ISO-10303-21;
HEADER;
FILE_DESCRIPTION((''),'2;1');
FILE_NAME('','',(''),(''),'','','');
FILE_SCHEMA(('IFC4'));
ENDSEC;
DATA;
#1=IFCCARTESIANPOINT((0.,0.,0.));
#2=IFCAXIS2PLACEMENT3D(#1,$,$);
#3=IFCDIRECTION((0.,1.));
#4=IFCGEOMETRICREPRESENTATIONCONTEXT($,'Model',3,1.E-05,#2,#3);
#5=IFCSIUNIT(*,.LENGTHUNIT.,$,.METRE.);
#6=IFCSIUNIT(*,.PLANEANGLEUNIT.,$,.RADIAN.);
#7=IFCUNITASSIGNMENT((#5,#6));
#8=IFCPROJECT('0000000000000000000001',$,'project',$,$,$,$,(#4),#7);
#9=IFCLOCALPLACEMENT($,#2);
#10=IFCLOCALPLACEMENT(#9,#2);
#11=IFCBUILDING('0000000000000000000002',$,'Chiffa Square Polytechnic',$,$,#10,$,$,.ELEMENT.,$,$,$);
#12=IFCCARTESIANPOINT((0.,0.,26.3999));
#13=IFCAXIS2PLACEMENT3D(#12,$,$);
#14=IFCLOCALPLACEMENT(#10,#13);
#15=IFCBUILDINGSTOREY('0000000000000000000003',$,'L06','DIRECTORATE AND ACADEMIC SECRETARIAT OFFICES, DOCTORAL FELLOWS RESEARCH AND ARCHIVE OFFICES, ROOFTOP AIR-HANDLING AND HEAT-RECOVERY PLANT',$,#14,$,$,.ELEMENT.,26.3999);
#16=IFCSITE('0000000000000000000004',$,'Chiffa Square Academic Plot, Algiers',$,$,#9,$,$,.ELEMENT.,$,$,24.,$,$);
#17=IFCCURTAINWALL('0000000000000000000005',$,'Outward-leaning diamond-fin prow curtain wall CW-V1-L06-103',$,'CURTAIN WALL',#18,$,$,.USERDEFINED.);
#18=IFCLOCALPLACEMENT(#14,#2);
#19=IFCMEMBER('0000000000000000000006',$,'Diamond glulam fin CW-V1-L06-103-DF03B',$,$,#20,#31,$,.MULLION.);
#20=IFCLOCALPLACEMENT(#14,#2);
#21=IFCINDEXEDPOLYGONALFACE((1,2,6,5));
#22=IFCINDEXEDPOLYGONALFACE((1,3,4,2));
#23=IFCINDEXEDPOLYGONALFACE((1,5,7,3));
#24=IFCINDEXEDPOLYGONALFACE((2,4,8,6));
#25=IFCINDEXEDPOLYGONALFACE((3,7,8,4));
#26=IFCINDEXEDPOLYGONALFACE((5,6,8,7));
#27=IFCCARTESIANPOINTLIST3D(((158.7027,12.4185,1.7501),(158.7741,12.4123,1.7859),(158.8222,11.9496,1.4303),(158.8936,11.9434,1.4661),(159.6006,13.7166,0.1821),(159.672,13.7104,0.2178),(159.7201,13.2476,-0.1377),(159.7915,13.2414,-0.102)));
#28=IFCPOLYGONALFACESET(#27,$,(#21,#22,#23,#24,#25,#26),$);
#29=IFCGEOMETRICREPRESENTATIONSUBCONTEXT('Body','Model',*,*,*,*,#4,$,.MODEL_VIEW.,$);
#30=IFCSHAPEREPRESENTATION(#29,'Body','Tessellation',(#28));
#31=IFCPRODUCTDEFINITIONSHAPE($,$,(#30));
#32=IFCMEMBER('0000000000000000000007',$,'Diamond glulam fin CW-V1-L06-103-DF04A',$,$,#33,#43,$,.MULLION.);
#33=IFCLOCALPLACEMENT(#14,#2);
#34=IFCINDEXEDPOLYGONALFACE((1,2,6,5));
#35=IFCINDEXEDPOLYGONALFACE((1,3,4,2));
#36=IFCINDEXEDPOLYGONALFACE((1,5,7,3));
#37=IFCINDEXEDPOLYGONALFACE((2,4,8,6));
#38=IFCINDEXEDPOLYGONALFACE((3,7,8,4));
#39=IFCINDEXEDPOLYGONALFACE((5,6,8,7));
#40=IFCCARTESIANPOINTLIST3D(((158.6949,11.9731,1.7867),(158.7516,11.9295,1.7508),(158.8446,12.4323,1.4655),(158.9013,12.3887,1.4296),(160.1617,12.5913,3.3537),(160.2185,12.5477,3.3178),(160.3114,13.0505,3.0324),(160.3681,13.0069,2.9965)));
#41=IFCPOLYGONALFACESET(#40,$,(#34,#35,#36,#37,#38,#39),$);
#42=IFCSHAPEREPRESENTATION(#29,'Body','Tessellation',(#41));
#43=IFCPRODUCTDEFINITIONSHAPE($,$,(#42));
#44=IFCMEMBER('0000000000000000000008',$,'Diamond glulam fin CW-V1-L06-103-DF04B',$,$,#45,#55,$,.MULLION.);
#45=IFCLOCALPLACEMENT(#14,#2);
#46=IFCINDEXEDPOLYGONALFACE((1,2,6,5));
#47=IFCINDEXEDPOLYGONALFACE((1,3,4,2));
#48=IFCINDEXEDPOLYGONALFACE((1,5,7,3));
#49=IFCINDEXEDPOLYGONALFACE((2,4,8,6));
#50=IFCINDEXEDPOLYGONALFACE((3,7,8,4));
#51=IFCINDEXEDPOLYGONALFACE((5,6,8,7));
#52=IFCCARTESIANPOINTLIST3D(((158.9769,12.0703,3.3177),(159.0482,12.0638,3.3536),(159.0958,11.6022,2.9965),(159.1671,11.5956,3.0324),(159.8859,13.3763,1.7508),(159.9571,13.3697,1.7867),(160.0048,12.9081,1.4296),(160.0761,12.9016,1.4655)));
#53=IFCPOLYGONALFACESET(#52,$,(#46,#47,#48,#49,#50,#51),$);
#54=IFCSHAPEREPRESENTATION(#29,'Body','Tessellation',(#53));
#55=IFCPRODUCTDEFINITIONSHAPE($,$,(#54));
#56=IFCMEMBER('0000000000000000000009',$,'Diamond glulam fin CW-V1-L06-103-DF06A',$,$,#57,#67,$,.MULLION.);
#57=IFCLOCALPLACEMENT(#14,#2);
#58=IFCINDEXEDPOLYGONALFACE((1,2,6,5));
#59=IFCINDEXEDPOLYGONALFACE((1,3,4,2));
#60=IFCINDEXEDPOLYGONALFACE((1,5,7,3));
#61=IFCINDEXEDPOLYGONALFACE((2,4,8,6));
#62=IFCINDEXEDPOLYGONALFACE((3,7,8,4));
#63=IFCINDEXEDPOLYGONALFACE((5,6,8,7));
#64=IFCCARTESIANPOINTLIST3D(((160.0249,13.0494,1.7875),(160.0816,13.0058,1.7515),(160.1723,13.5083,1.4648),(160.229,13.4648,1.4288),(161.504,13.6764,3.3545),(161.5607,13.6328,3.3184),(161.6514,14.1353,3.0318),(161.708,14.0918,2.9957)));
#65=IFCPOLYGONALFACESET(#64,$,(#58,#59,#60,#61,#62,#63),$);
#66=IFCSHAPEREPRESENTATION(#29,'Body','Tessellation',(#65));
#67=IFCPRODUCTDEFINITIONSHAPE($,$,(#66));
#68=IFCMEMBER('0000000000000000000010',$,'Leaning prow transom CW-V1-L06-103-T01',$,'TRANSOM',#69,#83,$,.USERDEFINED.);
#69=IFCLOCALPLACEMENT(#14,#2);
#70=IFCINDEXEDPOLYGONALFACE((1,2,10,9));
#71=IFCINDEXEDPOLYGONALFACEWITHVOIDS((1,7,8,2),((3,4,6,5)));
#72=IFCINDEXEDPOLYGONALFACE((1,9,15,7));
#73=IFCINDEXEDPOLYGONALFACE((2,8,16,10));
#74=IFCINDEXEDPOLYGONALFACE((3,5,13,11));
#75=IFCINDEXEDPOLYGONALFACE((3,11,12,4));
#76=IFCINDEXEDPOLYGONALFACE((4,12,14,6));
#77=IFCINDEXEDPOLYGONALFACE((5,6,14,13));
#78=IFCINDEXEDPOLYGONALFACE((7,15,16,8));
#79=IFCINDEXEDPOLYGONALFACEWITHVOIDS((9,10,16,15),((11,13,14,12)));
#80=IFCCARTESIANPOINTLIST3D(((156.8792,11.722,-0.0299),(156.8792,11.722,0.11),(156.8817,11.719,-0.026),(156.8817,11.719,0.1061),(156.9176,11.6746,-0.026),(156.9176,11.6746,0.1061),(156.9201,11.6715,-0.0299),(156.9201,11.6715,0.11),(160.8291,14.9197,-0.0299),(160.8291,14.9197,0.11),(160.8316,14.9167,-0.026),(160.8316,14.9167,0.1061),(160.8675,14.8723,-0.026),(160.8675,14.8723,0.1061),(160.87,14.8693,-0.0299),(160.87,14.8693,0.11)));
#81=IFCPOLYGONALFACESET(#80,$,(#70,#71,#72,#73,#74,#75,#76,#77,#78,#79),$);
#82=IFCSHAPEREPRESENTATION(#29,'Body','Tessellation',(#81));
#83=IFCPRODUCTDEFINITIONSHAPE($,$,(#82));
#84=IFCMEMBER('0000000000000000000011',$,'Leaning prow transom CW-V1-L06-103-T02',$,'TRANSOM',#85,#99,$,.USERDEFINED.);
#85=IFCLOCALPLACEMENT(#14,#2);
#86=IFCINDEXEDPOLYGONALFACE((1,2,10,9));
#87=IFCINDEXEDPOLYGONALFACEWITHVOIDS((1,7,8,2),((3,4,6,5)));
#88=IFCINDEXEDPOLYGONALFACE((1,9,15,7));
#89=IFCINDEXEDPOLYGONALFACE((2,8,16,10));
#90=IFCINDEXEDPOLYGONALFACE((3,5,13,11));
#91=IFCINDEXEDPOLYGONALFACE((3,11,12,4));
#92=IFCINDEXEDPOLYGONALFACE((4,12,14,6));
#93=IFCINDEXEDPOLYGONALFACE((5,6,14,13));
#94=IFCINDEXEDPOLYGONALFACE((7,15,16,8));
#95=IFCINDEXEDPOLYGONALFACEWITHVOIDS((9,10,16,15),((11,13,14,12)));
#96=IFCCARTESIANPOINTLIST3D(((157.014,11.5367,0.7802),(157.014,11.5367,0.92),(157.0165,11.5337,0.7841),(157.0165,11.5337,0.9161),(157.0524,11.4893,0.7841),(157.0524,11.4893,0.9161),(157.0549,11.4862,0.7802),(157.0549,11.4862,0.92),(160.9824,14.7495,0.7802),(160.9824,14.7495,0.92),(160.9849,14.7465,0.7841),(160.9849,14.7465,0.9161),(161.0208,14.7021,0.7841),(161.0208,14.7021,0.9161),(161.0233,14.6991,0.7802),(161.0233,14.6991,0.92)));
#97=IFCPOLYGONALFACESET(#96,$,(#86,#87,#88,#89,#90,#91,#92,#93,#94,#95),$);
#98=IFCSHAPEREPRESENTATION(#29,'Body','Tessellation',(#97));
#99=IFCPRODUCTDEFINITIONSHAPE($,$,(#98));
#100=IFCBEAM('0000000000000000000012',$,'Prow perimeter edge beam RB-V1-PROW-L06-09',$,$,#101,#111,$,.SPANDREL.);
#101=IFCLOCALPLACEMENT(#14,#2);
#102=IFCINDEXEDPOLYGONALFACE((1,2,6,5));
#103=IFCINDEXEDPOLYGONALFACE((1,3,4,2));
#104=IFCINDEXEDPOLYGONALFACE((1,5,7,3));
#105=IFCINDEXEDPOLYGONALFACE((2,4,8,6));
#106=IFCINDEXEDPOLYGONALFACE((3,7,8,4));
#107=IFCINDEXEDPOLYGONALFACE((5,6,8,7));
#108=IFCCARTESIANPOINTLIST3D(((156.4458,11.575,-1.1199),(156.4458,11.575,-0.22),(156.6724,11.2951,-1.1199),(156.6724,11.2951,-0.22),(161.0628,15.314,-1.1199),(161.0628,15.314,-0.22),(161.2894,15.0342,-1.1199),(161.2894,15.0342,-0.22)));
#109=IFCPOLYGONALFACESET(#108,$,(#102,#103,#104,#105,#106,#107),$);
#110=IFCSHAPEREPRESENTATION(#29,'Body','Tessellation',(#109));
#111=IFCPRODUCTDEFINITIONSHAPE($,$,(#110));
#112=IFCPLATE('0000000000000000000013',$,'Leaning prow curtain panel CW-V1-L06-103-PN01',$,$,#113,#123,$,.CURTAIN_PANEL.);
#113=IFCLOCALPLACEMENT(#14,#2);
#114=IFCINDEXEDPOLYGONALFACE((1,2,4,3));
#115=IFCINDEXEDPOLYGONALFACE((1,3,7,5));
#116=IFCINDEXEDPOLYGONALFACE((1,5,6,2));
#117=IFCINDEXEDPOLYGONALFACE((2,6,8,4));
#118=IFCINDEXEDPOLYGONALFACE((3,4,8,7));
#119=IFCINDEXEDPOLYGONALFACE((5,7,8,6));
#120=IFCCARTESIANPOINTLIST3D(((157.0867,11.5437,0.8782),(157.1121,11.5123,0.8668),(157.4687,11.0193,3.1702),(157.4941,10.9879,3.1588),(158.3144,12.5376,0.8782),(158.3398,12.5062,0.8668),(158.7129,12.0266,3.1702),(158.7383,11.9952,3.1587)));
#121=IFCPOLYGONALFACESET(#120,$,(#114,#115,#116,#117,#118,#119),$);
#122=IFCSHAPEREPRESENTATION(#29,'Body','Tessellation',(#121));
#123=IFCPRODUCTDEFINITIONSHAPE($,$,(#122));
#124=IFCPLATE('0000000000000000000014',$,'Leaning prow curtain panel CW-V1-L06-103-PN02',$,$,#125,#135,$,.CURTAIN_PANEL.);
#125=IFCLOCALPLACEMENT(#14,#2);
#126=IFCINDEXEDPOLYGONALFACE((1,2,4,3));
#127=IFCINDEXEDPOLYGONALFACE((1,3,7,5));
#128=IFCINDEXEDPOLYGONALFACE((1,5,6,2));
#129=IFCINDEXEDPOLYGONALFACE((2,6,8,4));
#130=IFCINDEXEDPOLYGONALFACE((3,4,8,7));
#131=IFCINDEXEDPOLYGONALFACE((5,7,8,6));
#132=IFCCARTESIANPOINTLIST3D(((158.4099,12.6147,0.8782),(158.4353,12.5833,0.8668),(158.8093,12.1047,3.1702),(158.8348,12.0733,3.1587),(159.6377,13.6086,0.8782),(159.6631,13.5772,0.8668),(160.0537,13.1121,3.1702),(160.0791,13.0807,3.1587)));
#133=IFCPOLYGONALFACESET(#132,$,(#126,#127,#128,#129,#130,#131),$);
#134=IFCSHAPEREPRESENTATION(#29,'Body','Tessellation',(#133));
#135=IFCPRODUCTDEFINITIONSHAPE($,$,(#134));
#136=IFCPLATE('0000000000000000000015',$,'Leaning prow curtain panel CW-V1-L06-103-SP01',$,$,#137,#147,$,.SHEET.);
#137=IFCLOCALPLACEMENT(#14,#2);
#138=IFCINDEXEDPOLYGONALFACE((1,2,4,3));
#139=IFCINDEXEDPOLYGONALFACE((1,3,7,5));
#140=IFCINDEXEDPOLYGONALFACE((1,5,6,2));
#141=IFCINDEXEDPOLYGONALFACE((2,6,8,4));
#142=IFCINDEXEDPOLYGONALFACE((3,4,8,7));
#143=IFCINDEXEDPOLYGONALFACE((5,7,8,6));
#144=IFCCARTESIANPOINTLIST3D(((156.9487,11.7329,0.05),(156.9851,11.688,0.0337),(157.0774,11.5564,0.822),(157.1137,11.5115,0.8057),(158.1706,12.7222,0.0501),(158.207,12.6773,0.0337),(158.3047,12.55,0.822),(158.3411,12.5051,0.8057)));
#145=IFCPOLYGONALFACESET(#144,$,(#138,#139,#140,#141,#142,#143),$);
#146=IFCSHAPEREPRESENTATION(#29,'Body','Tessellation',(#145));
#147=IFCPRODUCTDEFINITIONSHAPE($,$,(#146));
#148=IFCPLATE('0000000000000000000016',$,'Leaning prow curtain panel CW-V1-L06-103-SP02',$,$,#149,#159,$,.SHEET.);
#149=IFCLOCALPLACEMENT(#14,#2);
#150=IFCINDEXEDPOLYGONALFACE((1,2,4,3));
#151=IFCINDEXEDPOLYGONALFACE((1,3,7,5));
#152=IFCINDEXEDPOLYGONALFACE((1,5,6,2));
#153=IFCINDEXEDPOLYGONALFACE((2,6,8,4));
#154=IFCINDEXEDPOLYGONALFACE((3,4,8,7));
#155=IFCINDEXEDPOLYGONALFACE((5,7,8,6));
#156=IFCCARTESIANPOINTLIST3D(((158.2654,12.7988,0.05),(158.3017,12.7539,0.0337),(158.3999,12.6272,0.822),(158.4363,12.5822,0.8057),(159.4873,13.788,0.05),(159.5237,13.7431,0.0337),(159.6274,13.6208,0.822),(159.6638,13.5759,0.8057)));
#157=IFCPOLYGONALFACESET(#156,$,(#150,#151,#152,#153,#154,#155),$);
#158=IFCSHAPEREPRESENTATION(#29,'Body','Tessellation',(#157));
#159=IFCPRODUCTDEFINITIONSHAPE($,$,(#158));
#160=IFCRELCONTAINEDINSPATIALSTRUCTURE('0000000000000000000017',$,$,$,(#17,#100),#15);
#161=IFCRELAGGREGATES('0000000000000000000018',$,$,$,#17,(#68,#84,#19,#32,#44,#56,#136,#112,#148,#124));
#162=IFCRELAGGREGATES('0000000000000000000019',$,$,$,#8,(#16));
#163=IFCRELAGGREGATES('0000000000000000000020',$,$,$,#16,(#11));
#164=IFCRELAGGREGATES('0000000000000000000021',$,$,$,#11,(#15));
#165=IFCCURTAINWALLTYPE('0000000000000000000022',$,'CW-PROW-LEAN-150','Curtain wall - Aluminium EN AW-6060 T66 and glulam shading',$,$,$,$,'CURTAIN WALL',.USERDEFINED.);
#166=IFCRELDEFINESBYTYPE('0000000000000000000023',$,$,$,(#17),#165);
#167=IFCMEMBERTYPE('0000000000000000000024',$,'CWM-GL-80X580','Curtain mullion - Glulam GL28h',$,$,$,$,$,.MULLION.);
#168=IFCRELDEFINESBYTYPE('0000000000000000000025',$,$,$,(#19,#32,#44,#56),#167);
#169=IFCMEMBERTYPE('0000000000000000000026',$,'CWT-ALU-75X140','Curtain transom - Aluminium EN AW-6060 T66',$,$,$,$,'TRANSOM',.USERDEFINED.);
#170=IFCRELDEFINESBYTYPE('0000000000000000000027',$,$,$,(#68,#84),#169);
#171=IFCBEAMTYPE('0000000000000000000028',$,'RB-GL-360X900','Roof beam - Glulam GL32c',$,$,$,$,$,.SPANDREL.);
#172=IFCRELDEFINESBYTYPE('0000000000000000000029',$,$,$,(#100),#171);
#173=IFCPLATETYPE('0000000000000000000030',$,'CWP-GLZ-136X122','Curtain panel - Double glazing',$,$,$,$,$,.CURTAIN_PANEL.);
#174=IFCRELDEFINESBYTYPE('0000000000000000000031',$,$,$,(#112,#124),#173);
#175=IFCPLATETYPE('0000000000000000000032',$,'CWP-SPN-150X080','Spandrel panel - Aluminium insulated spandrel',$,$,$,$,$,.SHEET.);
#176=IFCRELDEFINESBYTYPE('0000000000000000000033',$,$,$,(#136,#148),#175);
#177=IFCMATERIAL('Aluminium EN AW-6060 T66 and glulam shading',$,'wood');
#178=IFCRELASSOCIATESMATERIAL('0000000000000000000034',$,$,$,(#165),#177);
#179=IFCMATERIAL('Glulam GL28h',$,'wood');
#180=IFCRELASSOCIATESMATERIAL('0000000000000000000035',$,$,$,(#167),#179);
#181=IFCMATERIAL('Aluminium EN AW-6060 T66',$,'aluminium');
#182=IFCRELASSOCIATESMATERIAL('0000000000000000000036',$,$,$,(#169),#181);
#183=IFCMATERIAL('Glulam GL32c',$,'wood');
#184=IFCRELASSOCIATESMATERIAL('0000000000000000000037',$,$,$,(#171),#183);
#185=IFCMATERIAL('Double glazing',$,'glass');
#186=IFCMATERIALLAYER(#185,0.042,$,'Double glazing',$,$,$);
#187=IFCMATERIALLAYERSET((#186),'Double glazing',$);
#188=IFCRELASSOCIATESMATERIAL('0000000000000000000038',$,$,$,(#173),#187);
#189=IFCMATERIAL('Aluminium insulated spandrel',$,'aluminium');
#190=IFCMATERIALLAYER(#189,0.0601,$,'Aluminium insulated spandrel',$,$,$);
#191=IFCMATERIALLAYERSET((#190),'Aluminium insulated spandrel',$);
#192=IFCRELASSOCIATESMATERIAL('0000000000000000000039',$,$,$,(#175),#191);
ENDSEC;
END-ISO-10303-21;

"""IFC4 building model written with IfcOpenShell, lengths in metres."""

from ifc_helpers import new_model, si_unit, direction, frame, origin, origin_2d, place, context, subcontext, project, spatial, polyline, rectangle, hollow_rectangle, outline, extrude, material, layer, layer_set, material_profile, profile_set, type_object, element, aggregate, save


model = new_model("IFC4")

# Units and contexts
model_context = context("Model", 3, precision=1e-05, world=origin(), true_north=direction((0.0, 1.0)))
body_context = subcontext(model_context, "Body", "Model", "MODEL_VIEW")
ifc_project = project(units=[si_unit("LENGTHUNIT", "METRE"), si_unit("PLANEANGLEUNIT", "RADIAN")], contexts=[model_context])

# Site, building, storey
site_placement = place(None, origin())
site = spatial("IfcSite", under=ifc_project, at=site_placement, Name="Chiffa Square Academic Plot, Algiers", CompositionType="ELEMENT", RefElevation=24.0)
building_placement = place(site_placement, origin())
building = spatial("IfcBuilding", under=site, at=building_placement, Name="Chiffa Square Polytechnic", CompositionType="ELEMENT")
storey_placement = place(building_placement, frame((0.0, 0.0, 26.3999)))
storey = spatial("IfcBuildingStorey", under=building, at=storey_placement, Name="L06", Description="DIRECTORATE AND ACADEMIC SECRETARIAT OFFICES, DOCTORAL FELLOWS RESEARCH AND ARCHIVE OFFICES, ROOFTOP AIR-HANDLING AND HEAT-RECOVERY PLANT", CompositionType="ELEMENT", Elevation=26.3999)

# Shared definitions
ifc_material_1 = material(Name="Glulam GL32c", Category="wood")

# Shared definitions
ifc_material_2 = material(Name="Aluminium EN AW-6060 T66 and glulam shading", Category="wood")
ifc_material_3 = material(Name="Aluminium EN AW-6060 T66", Category="aluminium")

# Curtain wall, members
curtain_wall_type_1 = type_object("IfcCurtainWallType", Name="CW-PROW-LEAN-150", Description="Curtain wall - Aluminium EN AW-6060 T66 and glulam shading", ElementType="CURTAIN WALL", PredefinedType="USERDEFINED", material=ifc_material_2)
curtain_wall_1_placement = place(storey_placement, origin())
curtain_wall_1 = element("IfcCurtainWall", 1, at=curtain_wall_1_placement, inside=storey, type_object=curtain_wall_type_1, Name="Outward-leaning diamond-fin prow curtain wall CW-V1-L06-103", ObjectType="CURTAIN WALL", PredefinedType="USERDEFINED")
ifc_material_4 = material(Name="Glulam GL28h", Category="wood")
ifc_material_profile_1 = material_profile(ifc_material_4, rectangle(XDim=0.0801, YDim=0.5801, at=origin_2d()), Name="GL28h 80x580")
ifc_profile_set_1 = profile_set([ifc_material_profile_1], Name="Glulam GL28h")
member_type_1 = type_object("IfcMemberType", Name="CWM-GL-80X580", Description="Curtain mullion - Glulam GL28h", PredefinedType="MULLION", material=ifc_profile_set_1)
member_1_placement = place(storey_placement, frame((159.696, 13.479, 0.04), z_axis=(-0.403584, -0.58343, 0.70479), x_axis=(0.89146, -0.077345, 0.44645)))
member_1 = element("IfcMember", 2, at=member_1_placement, type_object=member_type_1, Name="Diamond glulam fin CW-V1-L06-103-DF03B", PredefinedType="MULLION", context=body_context, shape_type="SweptSolid", body=[
    extrude(rectangle(XDim=0.0801, YDim=0.5801, at=origin_2d()), origin(), (0.0, 0.0, 1.0), 2.2249),
])
member_2_placement = place(storey_placement, frame((158.7981, 12.1809, 1.6082), z_axis=(0.656709, 0.276762, 0.701524), x_axis=(-0.708642, 0.544692, 0.448482)))
member_2 = element("IfcMember", 3, at=member_2_placement, type_object=member_type_1, Name="Diamond glulam fin CW-V1-L06-103-DF04A", PredefinedType="MULLION", context=body_context, shape_type="SweptSolid", body=[
    extrude(rectangle(XDim=0.0801, YDim=0.5801, at=origin_2d()), origin(), (0.0, 0.0, 1.0), 2.2336),
])
member_3_placement = place(storey_placement, frame((159.981, 13.1389, 1.6082), z_axis=(-0.407029, -0.584797, 0.701669), x_axis=(0.890111, -0.081529, 0.448393)))
member_3 = element("IfcMember", 4, at=member_3_placement, type_object=member_type_1, Name="Diamond glulam fin CW-V1-L06-103-DF04B", PredefinedType="MULLION", context=body_context, shape_type="SweptSolid", body=[
    extrude(rectangle(XDim=0.0801, YDim=0.5801, at=origin_2d()), origin(), (0.0, 0.0, 1.0), 2.2332),
])
member_4_placement = place(storey_placement, frame((160.127, 13.2571, 1.6082), z_axis=(0.659083, 0.279387, 0.69825), x_axis=(-0.707882, 0.544014, 0.450502)))
member_4 = element("IfcMember", 5, at=member_4_placement, type_object=member_type_1, Name="Diamond glulam fin CW-V1-L06-103-DF06A", PredefinedType="MULLION", context=body_context, shape_type="SweptSolid", body=[
    extrude(rectangle(XDim=0.0801, YDim=0.5801, at=origin_2d()), origin(), (0.0, 0.0, 1.0), 2.2441),
])
ifc_material_profile_2 = material_profile(ifc_material_3, hollow_rectangle(XDim=0.0649, YDim=0.1399, WallThickness=0.0039, at=origin_2d()), Name="ALU 65x140x4")
ifc_profile_set_2 = profile_set([ifc_material_profile_2], Name="Aluminium EN AW-6060 T66")
member_type_2 = type_object("IfcMemberType", Name="CWT-ALU-75X140", Description="Curtain transom - Aluminium EN AW-6060 T66", ElementType="TRANSOM", PredefinedType="USERDEFINED", material=ifc_profile_set_2)
member_5_placement = place(storey_placement, frame((156.8997, 11.6968, 0.04), z_axis=(0.777228, 0.629219, 0.0), x_axis=(-0.629219, 0.777228, 0.0)))
member_5 = element("IfcMember", 6, at=member_5_placement, type_object=member_type_2, Name="Leaning prow transom CW-V1-L06-103-T01", ObjectType="TRANSOM", PredefinedType="USERDEFINED", context=body_context, shape_type="SweptSolid", body=[
    extrude(hollow_rectangle(XDim=0.0649, YDim=0.1399, WallThickness=0.0039, at=origin_2d()), origin(), (0.0, 0.0, 1.0), 5.082),
])
member_6_placement = place(storey_placement, frame((157.0344, 11.5115, 0.8501), z_axis=(0.777217, 0.629233, 0.0), x_axis=(-0.629233, 0.777217, 0.0)))
member_6 = element("IfcMember", 7, at=member_6_placement, type_object=member_type_2, Name="Leaning prow transom CW-V1-L06-103-T02", ObjectType="TRANSOM", PredefinedType="USERDEFINED", context=body_context, shape_type="SweptSolid", body=[
    extrude(hollow_rectangle(XDim=0.0649, YDim=0.1399, WallThickness=0.0039, at=origin_2d()), origin(), (0.0, 0.0, 1.0), 5.106),
])

# Beam
ifc_material_profile_3 = material_profile(ifc_material_1, rectangle(XDim=0.3601, YDim=0.8999, at=origin_2d()), Name="GL32c 360x900")
ifc_profile_set_3 = profile_set([ifc_material_profile_3], Name="Glulam GL32c")
beam_type_1 = type_object("IfcBeamType", Name="RB-GL-360X900", Description="Roof beam - Glulam GL32c", PredefinedType="SPANDREL", material=ifc_profile_set_3)
beam_1_placement = place(storey_placement, frame((156.5591, 11.4351, -0.6699), z_axis=(0.777122, 0.62935, 0.0), x_axis=(-0.62935, 0.777122, 0.0)))
element("IfcBeam", 8, at=beam_1_placement, inside=storey, type_object=beam_type_1, Name="Prow perimeter edge beam RB-V1-PROW-L06-09", PredefinedType="SPANDREL", context=body_context, shape_type="SweptSolid", body=[
    extrude(rectangle(XDim=0.3601, YDim=0.8999, at=origin_2d()), origin(), (0.0, 0.0, 1.0), 5.9412),
])

# Plates
ifc_material_5 = material(Name="Double glazing", Category="glass")
ifc_layer_1 = layer(ifc_material_5, 0.042, Name="Double glazing")
ifc_layer_set_1 = layer_set([ifc_layer_1], Name="Double glazing")
plate_type_1 = type_object("IfcPlateType", Name="CWP-GLZ-136X122", Description="Curtain panel - Double glazing", PredefinedType="CURTAIN_PANEL", material=ifc_layer_set_1)
plate_1_placement = place(storey_placement, frame((157.0867, 11.5437, 0.8782), z_axis=(-0.605496, 0.747913, 0.272032), x_axis=(0.777226, 0.629222, 0.000012)))
plate_1 = element("IfcPlate", 9, at=plate_1_placement, type_object=plate_type_1, Name="Leaning prow curtain panel CW-V1-L06-103-PN01", PredefinedType="CURTAIN_PANEL", context=body_context, shape_type="SweptSolid", body=[
    extrude(outline(polyline([(0.0, 0.0), (1.5796, 0.0), (1.5678, -2.3818), (-0.033, -2.3818), (0.0, 0.0)])), origin(), (0.0, 0.0, -1.0), 0.042),
])
plate_2_placement = place(storey_placement, frame((158.4099, 12.6147, 0.8782), z_axis=(-0.605474, 0.74796, 0.271949), x_axis=(0.777254, 0.629187, -0.000001)))
plate_2 = element("IfcPlate", 10, at=plate_2_placement, type_object=plate_type_1, Name="Leaning prow curtain panel CW-V1-L06-103-PN02", PredefinedType="CURTAIN_PANEL", context=body_context, shape_type="SweptSolid", body=[
    extrude(outline(polyline([(0.0, 0.0), (1.5796, 0.0), (1.5906, -2.3818), (-0.0104, -2.3818), (0.0, 0.0)])), origin(), (0.0, 0.0, -1.0), 0.042),
])
ifc_material_6 = material(Name="Aluminium insulated spandrel", Category="aluminium")
ifc_layer_2 = layer(ifc_material_6, 0.0601, Name="Aluminium insulated spandrel")
ifc_layer_set_2 = layer_set([ifc_layer_2], Name="Aluminium insulated spandrel")
plate_type_2 = type_object("IfcPlateType", Name="CWP-SPN-150X080", Description="Spandrel panel - Aluminium insulated spandrel", PredefinedType="SHEET", material=ifc_layer_set_2)
plate_3_placement = place(storey_placement, frame((156.9487, 11.7329, 0.05), z_axis=(-0.605529, 0.747928, 0.271915), x_axis=(0.777213, 0.629238, 0.000003)))
plate_3 = element("IfcPlate", 11, at=plate_3_placement, type_object=plate_type_2, Name="Leaning prow curtain panel CW-V1-L06-103-SP01", PredefinedType="SHEET", context=body_context, shape_type="SweptSolid", body=[
    extrude(outline(polyline([(0.0, 0.0), (1.5722, 0.0), (1.568, -0.8022), (-0.0111, -0.8022), (0.0, 0.0)])), origin(), (0.0, 0.0, -1.0), 0.0601),
])
plate_4_placement = place(storey_placement, frame((158.2654, 12.7988, 0.05), z_axis=(-0.605499, 0.747965, 0.271879), x_axis=(0.777241, 0.629203, -0.00001)))
plate_4 = element("IfcPlate", 12, at=plate_4_placement, type_object=plate_type_2, Name="Leaning prow curtain panel CW-V1-L06-103-SP02", PredefinedType="SHEET", context=body_context, shape_type="SweptSolid", body=[
    extrude(outline(polyline([(0.0, 0.0), (1.5722, 0.0), (1.5759, -0.8022), (-0.0034, -0.8022), (0.0, 0.0)])), origin(), (0.0, 0.0, -1.0), 0.0601),
])
aggregate(curtain_wall_1, [member_5, member_6, member_1, member_2, member_3, member_4, plate_3, plate_1, plate_4, plate_2])

save(model, "model.ifc")
